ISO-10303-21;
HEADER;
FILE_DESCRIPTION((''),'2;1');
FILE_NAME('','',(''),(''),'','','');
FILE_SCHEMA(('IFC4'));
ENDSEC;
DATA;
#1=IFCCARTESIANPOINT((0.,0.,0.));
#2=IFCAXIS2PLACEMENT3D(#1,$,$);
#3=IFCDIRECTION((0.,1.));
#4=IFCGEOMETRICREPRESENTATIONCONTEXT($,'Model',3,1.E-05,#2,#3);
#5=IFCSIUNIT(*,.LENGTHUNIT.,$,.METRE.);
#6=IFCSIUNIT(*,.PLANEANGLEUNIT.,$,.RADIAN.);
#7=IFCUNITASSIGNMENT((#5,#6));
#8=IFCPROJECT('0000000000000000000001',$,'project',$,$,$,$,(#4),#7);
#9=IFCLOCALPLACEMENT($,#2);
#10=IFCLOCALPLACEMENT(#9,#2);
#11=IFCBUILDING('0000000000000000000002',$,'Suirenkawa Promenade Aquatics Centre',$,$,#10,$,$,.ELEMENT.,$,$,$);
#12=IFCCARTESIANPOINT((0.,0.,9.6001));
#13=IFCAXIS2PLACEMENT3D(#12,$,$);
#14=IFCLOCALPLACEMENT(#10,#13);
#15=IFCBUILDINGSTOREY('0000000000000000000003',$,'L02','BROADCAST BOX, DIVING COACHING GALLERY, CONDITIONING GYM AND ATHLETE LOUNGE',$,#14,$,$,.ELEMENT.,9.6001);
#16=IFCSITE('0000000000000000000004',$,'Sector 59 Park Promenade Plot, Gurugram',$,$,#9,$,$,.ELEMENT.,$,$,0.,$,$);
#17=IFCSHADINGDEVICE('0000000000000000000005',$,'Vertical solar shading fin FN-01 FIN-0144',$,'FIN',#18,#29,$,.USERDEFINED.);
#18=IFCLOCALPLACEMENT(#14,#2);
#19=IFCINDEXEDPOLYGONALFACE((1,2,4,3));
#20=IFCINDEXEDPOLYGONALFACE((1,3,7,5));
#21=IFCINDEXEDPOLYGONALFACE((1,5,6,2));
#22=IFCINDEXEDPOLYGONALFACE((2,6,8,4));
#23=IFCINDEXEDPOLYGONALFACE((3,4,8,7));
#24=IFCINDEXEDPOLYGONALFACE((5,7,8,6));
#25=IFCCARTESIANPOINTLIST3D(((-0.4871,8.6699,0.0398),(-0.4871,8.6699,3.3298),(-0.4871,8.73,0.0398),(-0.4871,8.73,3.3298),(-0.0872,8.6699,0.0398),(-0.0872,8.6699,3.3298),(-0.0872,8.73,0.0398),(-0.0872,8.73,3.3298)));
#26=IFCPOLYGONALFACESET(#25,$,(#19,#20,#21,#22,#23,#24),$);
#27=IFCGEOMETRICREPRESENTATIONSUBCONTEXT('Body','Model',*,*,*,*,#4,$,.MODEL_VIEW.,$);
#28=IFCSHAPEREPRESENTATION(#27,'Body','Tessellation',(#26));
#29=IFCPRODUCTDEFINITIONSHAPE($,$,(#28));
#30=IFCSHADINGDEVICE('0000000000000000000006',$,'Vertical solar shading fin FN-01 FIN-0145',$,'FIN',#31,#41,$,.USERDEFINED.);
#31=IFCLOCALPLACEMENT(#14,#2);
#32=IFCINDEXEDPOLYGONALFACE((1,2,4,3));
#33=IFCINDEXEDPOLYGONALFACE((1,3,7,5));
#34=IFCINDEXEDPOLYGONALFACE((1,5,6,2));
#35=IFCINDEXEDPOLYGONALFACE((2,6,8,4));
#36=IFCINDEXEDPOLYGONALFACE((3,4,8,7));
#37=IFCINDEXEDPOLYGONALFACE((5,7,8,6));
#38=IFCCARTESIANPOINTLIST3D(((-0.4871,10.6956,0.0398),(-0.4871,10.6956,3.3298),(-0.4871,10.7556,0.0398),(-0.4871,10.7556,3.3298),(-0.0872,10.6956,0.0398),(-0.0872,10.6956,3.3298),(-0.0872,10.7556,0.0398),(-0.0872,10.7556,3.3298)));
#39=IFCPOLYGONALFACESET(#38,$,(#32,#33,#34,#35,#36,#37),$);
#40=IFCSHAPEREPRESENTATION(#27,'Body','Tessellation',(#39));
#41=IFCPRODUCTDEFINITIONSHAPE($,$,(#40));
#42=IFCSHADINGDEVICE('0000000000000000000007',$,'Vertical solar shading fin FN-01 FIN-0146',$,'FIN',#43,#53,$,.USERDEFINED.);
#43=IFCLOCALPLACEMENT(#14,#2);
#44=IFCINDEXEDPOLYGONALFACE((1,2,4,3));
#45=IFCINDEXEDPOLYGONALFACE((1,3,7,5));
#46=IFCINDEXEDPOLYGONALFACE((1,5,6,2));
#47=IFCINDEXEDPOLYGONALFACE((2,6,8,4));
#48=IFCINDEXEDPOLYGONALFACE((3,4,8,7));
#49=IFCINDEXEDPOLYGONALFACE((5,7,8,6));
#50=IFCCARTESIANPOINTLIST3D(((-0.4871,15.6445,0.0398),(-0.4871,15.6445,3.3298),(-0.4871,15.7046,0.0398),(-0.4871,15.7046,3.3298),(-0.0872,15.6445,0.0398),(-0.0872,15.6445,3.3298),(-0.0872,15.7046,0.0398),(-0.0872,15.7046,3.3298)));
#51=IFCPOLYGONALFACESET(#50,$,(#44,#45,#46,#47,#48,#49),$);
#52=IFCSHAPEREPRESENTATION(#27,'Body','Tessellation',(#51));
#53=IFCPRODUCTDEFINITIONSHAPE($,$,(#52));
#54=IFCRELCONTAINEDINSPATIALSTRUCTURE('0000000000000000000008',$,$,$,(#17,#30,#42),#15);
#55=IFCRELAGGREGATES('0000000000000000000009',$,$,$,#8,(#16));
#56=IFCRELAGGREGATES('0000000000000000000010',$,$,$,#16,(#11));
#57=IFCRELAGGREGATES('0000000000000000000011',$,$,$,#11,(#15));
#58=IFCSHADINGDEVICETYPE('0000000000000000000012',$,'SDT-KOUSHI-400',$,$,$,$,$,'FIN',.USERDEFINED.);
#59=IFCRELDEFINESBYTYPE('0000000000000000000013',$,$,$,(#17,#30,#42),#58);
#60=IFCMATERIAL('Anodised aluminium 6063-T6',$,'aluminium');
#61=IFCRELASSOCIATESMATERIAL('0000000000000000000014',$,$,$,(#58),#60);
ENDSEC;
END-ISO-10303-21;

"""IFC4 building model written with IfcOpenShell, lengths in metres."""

from ifc_helpers import new_model, si_unit, direction, frame, origin, origin_2d, place, context, subcontext, project, spatial, rectangle, extrude, material, type_object, element, save


model = new_model("IFC4")

# Units and contexts
model_context = context("Model", 3, precision=1e-05, world=origin(), true_north=direction((0.0, 1.0)))
body_context = subcontext(model_context, "Body", "Model", "MODEL_VIEW")
ifc_project = project(units=[si_unit("LENGTHUNIT", "METRE"), si_unit("PLANEANGLEUNIT", "RADIAN")], contexts=[model_context])

# Site, building, storey
site_placement = place(None, origin())
site = spatial("IfcSite", under=ifc_project, at=site_placement, Name="Sector 59 Park Promenade Plot, Gurugram", CompositionType="ELEMENT", RefElevation=0.0)
building_placement = place(site_placement, origin())
building = spatial("IfcBuilding", under=site, at=building_placement, Name="Suirenkawa Promenade Aquatics Centre", CompositionType="ELEMENT")
storey_placement = place(building_placement, frame((0.0, 0.0, 9.6001)))
storey = spatial("IfcBuildingStorey", under=building, at=storey_placement, Name="L02", Description="BROADCAST BOX, DIVING COACHING GALLERY, CONDITIONING GYM AND ATHLETE LOUNGE", CompositionType="ELEMENT", Elevation=9.6001)

# Shared definitions
ifc_material_1 = material(Name="Anodised aluminium 6063-T6", Category="aluminium")

# Shading devices
shading_device_type = type_object("IfcShadingDeviceType", Name="SDT-KOUSHI-400", ElementType="FIN", PredefinedType="USERDEFINED", material=ifc_material_1)
for number, where, z_axis, x_axis, name in (
    (1, (-0.2871, 8.7, 0.0398), (0.0, 0.0, 1.0), (-1.0, 0.0, 0.0), "Vertical solar shading fin FN-01 FIN-0144"),
    (2, (-0.2871, 10.7256, 0.0398), (0.0, 0.0, 1.0), (-1.0, 0.0, 0.0), "Vertical solar shading fin FN-01 FIN-0145"),
    (3, (-0.2871, 15.6746, 0.0398), (0.0, 0.0, 1.0), (-1.0, 0.0, 0.0), "Vertical solar shading fin FN-01 FIN-0146"),
):
    element("IfcShadingDevice", number, at=place(storey_placement, frame(where, z_axis=z_axis, x_axis=x_axis)), inside=storey, type_object=shading_device_type, Name=name, ObjectType="FIN", PredefinedType="USERDEFINED", context=body_context, shape_type="SweptSolid", body=[
        extrude(rectangle(XDim=0.3999, YDim=0.0601, at=origin_2d()), origin(), (0.0, 0.0, 1.0), 3.29),
    ])

save(model, "model.ifc")
